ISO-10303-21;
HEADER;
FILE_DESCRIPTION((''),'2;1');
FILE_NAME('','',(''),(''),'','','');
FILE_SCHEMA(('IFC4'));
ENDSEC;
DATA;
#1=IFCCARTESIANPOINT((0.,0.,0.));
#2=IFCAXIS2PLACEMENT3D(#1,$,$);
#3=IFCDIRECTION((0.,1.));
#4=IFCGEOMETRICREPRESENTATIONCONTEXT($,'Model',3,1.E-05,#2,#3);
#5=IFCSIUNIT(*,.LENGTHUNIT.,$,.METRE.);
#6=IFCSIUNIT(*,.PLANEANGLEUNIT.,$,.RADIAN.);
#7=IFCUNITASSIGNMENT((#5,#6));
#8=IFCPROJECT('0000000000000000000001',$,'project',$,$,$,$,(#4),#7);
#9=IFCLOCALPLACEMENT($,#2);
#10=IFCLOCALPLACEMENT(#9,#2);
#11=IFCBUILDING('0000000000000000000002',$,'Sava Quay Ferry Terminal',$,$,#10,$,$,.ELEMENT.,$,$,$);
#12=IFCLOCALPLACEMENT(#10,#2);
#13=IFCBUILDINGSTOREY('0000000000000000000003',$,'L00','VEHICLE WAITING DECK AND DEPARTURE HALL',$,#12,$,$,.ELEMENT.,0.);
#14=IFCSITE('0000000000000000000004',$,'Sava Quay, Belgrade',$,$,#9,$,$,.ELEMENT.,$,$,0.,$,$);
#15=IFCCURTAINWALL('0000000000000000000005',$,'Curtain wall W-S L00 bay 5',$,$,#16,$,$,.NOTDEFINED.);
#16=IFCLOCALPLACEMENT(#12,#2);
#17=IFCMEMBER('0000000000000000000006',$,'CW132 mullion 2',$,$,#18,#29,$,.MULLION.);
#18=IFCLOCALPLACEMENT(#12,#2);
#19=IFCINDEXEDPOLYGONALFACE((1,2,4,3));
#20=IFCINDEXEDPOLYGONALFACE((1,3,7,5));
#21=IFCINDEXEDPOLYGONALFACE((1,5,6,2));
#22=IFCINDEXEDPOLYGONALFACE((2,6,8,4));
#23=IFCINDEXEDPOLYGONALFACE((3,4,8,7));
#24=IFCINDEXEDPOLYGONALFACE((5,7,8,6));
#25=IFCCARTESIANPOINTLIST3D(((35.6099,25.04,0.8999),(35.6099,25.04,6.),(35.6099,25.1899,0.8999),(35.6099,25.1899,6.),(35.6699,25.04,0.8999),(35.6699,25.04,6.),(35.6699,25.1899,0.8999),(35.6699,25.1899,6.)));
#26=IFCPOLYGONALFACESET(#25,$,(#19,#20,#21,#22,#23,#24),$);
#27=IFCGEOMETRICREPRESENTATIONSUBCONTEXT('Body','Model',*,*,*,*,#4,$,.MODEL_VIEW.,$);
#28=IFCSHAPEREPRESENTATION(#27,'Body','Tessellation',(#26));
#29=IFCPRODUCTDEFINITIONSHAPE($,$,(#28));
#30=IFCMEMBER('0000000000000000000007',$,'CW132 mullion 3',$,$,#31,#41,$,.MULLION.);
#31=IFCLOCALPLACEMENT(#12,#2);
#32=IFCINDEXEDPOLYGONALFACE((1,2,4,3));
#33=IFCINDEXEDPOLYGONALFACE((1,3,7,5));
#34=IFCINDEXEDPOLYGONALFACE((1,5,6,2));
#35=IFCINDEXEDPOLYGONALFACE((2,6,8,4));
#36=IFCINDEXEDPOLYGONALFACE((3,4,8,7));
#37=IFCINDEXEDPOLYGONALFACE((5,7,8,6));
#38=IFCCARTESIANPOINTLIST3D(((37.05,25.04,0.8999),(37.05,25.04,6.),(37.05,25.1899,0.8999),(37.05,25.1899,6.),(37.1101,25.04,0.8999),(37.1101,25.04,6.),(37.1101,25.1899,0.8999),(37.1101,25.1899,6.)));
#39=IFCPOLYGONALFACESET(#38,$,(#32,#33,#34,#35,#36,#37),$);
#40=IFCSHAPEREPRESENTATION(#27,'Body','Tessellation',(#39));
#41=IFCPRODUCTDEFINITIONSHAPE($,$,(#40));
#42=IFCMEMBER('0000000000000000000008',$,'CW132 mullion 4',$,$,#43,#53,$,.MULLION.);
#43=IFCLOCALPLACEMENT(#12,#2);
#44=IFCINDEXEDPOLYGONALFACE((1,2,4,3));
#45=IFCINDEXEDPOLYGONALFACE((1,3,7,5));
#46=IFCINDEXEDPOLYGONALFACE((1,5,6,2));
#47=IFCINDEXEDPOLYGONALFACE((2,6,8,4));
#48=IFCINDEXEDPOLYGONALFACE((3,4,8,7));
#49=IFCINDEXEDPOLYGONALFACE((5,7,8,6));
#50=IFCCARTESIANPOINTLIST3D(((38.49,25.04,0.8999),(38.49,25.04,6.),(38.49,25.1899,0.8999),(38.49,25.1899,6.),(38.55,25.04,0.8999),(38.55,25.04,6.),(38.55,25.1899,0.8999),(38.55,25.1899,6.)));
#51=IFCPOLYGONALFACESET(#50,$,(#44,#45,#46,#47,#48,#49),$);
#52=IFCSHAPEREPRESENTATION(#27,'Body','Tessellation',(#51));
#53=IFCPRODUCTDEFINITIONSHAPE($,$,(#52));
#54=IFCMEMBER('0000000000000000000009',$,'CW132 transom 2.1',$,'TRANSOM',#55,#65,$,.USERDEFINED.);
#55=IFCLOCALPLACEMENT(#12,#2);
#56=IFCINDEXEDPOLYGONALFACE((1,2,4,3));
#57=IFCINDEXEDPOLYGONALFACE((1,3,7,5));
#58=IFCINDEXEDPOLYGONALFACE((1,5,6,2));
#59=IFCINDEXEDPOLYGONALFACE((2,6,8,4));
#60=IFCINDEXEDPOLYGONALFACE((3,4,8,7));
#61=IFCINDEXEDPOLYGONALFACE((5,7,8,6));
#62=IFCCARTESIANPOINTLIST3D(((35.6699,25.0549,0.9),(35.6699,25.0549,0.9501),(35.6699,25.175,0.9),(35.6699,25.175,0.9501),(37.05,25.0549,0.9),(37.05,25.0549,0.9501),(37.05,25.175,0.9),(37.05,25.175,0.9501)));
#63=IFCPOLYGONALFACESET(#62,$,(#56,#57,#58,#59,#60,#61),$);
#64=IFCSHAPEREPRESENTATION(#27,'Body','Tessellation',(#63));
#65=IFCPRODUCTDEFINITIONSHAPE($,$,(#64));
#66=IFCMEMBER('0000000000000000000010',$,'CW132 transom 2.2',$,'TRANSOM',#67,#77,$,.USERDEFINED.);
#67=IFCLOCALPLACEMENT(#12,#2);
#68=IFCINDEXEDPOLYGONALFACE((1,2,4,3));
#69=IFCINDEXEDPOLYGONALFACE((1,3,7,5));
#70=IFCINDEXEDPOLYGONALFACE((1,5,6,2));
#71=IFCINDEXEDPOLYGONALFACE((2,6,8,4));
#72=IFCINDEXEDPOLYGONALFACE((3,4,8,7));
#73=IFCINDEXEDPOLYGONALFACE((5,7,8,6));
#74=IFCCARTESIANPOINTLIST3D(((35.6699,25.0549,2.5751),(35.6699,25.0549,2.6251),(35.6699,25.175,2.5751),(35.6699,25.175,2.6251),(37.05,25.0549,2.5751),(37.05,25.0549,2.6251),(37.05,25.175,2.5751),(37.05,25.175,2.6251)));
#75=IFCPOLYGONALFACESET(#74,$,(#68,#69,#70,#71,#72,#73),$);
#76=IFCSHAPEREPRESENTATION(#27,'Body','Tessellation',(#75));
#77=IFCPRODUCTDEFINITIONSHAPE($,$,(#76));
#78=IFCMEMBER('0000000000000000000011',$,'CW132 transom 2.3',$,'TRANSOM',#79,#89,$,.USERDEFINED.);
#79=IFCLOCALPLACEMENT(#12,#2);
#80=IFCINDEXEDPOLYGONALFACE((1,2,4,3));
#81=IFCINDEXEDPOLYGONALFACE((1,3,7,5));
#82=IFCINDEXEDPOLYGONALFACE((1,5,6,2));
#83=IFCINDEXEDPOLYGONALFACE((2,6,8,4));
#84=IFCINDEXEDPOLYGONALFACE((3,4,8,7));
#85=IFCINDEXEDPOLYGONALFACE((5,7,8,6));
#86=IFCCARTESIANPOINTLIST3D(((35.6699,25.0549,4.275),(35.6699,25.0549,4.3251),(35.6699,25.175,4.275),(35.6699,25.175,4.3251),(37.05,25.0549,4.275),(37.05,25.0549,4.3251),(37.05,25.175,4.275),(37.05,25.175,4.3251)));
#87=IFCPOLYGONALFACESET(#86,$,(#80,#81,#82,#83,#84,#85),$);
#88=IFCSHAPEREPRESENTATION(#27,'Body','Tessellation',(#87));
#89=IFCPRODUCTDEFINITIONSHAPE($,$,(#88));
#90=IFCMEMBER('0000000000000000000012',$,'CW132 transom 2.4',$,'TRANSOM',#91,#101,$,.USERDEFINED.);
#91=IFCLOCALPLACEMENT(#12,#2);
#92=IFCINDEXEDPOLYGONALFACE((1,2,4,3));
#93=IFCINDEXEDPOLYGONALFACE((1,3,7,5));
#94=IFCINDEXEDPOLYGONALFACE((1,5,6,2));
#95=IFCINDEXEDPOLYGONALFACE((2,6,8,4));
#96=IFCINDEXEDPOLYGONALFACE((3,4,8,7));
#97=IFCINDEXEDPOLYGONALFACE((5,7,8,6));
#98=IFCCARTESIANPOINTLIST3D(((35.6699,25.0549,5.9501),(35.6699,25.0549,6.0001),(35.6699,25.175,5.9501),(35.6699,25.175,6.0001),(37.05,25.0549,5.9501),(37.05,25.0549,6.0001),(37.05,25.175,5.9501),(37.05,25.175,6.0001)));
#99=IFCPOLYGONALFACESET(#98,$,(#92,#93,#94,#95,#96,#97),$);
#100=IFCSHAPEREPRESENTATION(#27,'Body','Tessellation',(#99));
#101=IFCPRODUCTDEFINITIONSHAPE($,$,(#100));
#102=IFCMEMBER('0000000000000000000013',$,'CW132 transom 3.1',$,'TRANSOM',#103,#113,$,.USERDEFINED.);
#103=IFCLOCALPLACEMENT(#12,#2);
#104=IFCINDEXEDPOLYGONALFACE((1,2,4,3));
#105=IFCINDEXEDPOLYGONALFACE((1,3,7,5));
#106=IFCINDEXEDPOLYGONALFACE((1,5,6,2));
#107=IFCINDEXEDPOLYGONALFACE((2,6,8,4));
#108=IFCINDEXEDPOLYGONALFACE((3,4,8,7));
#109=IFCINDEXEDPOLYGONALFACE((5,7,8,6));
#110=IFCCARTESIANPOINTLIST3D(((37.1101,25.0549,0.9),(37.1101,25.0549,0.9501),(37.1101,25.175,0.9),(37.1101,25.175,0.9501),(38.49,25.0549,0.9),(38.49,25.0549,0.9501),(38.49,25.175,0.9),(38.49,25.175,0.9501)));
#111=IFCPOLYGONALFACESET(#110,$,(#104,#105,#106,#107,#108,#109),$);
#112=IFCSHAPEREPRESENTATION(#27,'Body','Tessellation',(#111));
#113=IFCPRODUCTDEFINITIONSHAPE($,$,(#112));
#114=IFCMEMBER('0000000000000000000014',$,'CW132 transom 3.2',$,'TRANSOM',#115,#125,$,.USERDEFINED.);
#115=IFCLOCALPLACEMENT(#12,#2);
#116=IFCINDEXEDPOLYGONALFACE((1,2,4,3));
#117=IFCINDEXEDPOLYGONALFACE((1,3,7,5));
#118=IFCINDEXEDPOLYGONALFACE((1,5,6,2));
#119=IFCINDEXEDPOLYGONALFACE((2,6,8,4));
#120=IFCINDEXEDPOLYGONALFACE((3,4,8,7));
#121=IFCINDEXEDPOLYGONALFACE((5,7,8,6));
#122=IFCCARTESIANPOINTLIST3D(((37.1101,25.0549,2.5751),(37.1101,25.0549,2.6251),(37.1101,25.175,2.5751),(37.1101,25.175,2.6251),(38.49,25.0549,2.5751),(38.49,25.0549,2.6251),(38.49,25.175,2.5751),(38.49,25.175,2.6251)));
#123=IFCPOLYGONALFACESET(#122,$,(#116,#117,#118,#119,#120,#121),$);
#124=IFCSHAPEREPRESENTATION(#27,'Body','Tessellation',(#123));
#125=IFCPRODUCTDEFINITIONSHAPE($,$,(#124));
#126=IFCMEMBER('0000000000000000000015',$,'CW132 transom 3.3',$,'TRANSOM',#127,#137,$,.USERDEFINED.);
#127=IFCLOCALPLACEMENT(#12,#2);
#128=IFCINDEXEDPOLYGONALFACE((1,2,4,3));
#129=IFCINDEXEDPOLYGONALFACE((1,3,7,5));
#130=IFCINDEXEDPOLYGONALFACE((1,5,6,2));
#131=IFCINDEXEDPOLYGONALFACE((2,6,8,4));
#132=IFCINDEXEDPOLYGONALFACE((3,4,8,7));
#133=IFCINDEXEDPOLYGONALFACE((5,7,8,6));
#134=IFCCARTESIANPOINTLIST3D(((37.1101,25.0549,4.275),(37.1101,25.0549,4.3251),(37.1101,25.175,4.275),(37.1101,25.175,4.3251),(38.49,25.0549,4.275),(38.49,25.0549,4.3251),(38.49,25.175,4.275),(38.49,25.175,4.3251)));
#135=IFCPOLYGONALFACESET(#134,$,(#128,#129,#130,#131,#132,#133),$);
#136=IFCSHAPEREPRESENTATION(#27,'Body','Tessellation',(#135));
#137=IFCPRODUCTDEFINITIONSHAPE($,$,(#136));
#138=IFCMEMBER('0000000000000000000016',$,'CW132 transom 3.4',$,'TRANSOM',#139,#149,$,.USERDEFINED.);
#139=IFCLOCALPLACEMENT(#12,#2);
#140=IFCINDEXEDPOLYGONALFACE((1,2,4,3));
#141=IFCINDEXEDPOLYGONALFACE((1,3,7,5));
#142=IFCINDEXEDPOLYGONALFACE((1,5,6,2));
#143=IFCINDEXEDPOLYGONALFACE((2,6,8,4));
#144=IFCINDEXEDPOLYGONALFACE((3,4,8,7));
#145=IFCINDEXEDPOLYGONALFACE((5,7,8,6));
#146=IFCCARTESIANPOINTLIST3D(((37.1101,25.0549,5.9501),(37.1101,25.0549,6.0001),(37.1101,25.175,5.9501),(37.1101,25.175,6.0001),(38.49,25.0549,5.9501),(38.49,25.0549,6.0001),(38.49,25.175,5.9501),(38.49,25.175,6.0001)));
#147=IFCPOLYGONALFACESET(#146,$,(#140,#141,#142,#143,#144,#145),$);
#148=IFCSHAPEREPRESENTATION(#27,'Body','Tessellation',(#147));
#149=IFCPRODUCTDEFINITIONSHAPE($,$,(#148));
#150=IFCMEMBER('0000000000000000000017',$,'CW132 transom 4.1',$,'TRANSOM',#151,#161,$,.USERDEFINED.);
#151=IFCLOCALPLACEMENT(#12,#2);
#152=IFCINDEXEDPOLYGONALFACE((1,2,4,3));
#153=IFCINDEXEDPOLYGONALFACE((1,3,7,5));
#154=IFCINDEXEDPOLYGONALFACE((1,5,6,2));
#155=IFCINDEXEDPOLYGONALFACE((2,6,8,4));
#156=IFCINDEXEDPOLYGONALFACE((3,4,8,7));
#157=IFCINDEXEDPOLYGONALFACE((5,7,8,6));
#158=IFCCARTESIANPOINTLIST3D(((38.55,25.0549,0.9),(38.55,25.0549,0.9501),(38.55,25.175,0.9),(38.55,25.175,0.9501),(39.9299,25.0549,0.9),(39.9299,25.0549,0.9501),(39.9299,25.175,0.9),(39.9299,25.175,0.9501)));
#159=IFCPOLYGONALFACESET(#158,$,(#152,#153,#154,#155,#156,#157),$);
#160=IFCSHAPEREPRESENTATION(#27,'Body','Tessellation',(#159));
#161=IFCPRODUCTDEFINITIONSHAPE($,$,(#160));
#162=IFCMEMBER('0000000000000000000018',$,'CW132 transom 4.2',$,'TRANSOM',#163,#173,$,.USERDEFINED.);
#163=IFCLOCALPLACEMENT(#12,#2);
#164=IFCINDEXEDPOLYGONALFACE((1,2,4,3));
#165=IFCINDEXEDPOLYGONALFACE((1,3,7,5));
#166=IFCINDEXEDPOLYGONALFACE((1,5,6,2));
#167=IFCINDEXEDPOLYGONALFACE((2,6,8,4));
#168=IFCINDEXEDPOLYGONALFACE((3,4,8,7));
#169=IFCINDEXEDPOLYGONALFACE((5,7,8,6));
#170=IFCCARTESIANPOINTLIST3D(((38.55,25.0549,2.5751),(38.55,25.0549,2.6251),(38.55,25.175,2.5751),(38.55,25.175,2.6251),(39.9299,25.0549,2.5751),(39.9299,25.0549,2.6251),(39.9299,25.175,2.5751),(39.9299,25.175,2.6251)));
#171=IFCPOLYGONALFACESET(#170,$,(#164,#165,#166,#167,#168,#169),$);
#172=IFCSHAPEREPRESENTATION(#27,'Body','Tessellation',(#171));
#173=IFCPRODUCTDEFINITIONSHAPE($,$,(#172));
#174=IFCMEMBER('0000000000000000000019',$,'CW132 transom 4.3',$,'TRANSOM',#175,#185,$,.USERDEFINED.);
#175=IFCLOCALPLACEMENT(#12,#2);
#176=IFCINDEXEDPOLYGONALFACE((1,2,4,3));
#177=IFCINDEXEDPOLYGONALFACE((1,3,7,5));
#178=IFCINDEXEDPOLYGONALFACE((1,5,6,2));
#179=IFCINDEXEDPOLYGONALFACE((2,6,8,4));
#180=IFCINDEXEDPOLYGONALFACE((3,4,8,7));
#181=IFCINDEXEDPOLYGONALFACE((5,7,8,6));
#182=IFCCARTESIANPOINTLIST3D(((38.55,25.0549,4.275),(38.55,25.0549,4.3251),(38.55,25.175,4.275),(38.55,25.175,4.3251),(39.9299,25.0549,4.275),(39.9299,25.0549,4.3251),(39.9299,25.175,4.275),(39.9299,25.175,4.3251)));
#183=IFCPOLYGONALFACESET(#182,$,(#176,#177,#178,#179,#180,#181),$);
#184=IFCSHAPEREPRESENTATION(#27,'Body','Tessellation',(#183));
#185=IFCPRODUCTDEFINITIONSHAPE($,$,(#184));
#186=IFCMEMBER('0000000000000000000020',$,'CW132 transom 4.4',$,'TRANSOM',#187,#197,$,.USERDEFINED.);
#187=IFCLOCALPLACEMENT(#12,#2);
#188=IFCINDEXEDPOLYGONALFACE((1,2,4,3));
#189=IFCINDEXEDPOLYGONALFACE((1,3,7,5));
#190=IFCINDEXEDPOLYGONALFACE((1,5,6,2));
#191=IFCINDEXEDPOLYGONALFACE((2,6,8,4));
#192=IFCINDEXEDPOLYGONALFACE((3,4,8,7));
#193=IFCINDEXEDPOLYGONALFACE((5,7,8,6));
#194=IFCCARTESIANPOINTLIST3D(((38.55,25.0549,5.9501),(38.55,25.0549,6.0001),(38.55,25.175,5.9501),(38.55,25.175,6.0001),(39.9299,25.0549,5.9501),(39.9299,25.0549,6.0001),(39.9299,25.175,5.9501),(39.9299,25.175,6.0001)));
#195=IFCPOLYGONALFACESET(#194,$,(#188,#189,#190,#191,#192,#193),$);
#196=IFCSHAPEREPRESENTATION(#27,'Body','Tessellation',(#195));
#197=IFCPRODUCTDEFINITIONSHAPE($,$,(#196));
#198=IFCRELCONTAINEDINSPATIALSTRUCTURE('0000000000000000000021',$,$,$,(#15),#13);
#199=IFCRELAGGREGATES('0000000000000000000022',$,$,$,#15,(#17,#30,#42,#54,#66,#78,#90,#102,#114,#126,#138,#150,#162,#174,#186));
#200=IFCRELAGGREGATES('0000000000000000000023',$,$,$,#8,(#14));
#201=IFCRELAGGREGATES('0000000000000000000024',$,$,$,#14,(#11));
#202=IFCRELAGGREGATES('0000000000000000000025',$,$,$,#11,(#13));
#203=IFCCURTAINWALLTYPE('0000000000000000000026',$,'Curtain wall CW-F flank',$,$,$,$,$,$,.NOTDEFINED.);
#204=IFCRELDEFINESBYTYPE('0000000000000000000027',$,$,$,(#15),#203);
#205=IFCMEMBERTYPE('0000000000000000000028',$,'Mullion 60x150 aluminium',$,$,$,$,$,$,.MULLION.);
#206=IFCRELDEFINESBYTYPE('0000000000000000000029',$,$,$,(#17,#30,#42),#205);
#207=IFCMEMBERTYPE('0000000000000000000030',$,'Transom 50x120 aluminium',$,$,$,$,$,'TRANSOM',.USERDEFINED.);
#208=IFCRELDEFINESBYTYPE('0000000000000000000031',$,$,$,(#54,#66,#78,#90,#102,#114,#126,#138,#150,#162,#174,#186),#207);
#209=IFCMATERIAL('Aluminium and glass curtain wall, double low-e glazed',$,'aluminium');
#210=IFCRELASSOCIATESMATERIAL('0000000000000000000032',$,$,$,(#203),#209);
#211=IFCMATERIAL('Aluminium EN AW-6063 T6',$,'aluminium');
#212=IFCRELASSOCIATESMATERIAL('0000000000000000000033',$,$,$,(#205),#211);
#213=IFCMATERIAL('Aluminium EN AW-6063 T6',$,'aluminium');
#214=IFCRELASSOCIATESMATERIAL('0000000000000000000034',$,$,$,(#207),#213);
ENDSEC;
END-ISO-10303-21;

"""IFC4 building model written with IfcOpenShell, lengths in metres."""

from ifc_helpers import new_model, si_unit, direction, frame, origin, origin_2d, place, context, subcontext, project, spatial, rectangle, extrude, material, material_profile, profile_set, type_object, element, aggregate, save


model = new_model("IFC4")

# Units and contexts
model_context = context("Model", 3, precision=1e-05, world=origin(), true_north=direction((0.0, 1.0)))
body_context = subcontext(model_context, "Body", "Model", "MODEL_VIEW")
ifc_project = project(units=[si_unit("LENGTHUNIT", "METRE"), si_unit("PLANEANGLEUNIT", "RADIAN")], contexts=[model_context])

# Site, building, storey
site_placement = place(None, origin())
site = spatial("IfcSite", under=ifc_project, at=site_placement, Name="Sava Quay, Belgrade", CompositionType="ELEMENT", RefElevation=0.0)
building_placement = place(site_placement, origin())
building = spatial("IfcBuilding", under=site, at=building_placement, Name="Sava Quay Ferry Terminal", CompositionType="ELEMENT")
storey_placement = place(building_placement, origin())
storey = spatial("IfcBuildingStorey", under=building, at=storey_placement, Name="L00", Description="VEHICLE WAITING DECK AND DEPARTURE HALL", CompositionType="ELEMENT", Elevation=0.0)

# Curtain wall, members
ifc_material_1 = material(Name="Aluminium and glass curtain wall, double low-e glazed", Category="aluminium")
curtain_wall_type = type_object("IfcCurtainWallType", Name="Curtain wall CW-F flank", PredefinedType="NOTDEFINED", material=ifc_material_1)
curtain_wall_placement = place(storey_placement, origin())
curtain_wall = element("IfcCurtainWall", 1, at=curtain_wall_placement, inside=storey, type_object=curtain_wall_type, Name="Curtain wall W-S L00 bay 5", PredefinedType="NOTDEFINED")
ifc_material_2 = material(Name="Aluminium EN AW-6063 T6", Category="aluminium")
ifc_material_profile_1 = material_profile(ifc_material_2, rectangle(XDim=0.1499, YDim=0.0601, at=origin_2d()), Name="Mullion 60x150 aluminium")
ifc_profile_set_1 = profile_set([ifc_material_profile_1], Name="Aluminium EN AW-6063 T6")
member_type_1 = type_object("IfcMemberType", Name="Mullion 60x150 aluminium", PredefinedType="MULLION", material=ifc_profile_set_1)
member_1_placement = place(storey_placement, frame((35.6399, 25.115, 0.8999), z_axis=(0.0, 0.0, 1.0), x_axis=(0.0, 1.0, 0.0)))
member_1 = element("IfcMember", 2, at=member_1_placement, type_object=member_type_1, Name="CW132 mullion 2", PredefinedType="MULLION", context=body_context, shape_type="SweptSolid", body=[
    extrude(rectangle(XDim=0.1499, YDim=0.0601, at=origin_2d()), origin(), (0.0, 0.0, 1.0), 5.1001),
])
member_2_placement = place(storey_placement, frame((37.0801, 25.115, 0.8999), z_axis=(0.0, 0.0, 1.0), x_axis=(0.0, 1.0, 0.0)))
member_2 = element("IfcMember", 3, at=member_2_placement, type_object=member_type_1, Name="CW132 mullion 3", PredefinedType="MULLION", context=body_context, shape_type="SweptSolid", body=[
    extrude(rectangle(XDim=0.1499, YDim=0.0601, at=origin_2d()), origin(), (0.0, 0.0, 1.0), 5.1001),
])
member_3_placement = place(storey_placement, frame((38.52, 25.115, 0.8999), z_axis=(0.0, 0.0, 1.0), x_axis=(0.0, 1.0, 0.0)))
member_3 = element("IfcMember", 4, at=member_3_placement, type_object=member_type_1, Name="CW132 mullion 4", PredefinedType="MULLION", context=body_context, shape_type="SweptSolid", body=[
    extrude(rectangle(XDim=0.1499, YDim=0.0601, at=origin_2d()), origin(), (0.0, 0.0, 1.0), 5.1001),
])
ifc_material_3 = material(Name="Aluminium EN AW-6063 T6", Category="aluminium")
ifc_material_profile_2 = material_profile(ifc_material_3, rectangle(XDim=0.1201, YDim=0.05, at=origin_2d()), Name="Transom 50x120 aluminium")
ifc_profile_set_2 = profile_set([ifc_material_profile_2], Name="Aluminium EN AW-6063 T6")
member_type_2 = type_object("IfcMemberType", Name="Transom 50x120 aluminium", ElementType="TRANSOM", PredefinedType="USERDEFINED", material=ifc_profile_set_2)
member_4_placement = place(storey_placement, frame((35.6699, 25.115, 0.925), z_axis=(1.0, 0.0, 0.0), x_axis=(0.0, 1.0, 0.0)))
member_4 = element("IfcMember", 5, at=member_4_placement, type_object=member_type_2, Name="CW132 transom 2.1", ObjectType="TRANSOM", PredefinedType="USERDEFINED", context=body_context, shape_type="SweptSolid", body=[
    extrude(rectangle(XDim=0.1201, YDim=0.05, at=origin_2d()), origin(), (0.0, 0.0, 1.0), 1.3801),
])
member_5_placement = place(storey_placement, frame((35.6699, 25.115, 2.6001), z_axis=(1.0, 0.0, 0.0), x_axis=(0.0, 1.0, 0.0)))
member_5 = element("IfcMember", 6, at=member_5_placement, type_object=member_type_2, Name="CW132 transom 2.2", ObjectType="TRANSOM", PredefinedType="USERDEFINED", context=body_context, shape_type="SweptSolid", body=[
    extrude(rectangle(XDim=0.1201, YDim=0.05, at=origin_2d()), origin(), (0.0, 0.0, 1.0), 1.3801),
])
member_6_placement = place(storey_placement, frame((35.6699, 25.115, 4.3), z_axis=(1.0, 0.0, 0.0), x_axis=(0.0, 1.0, 0.0)))
member_6 = element("IfcMember", 7, at=member_6_placement, type_object=member_type_2, Name="CW132 transom 2.3", ObjectType="TRANSOM", PredefinedType="USERDEFINED", context=body_context, shape_type="SweptSolid", body=[
    extrude(rectangle(XDim=0.1201, YDim=0.05, at=origin_2d()), origin(), (0.0, 0.0, 1.0), 1.3801),
])
member_7_placement = place(storey_placement, frame((35.6699, 25.115, 5.9751), z_axis=(1.0, 0.0, 0.0), x_axis=(0.0, 1.0, 0.0)))
member_7 = element("IfcMember", 8, at=member_7_placement, type_object=member_type_2, Name="CW132 transom 2.4", ObjectType="TRANSOM", PredefinedType="USERDEFINED", context=body_context, shape_type="SweptSolid", body=[
    extrude(rectangle(XDim=0.1201, YDim=0.05, at=origin_2d()), origin(), (0.0, 0.0, 1.0), 1.3801),
])
member_8_placement = place(storey_placement, frame((37.1101, 25.115, 0.925), z_axis=(1.0, 0.0, 0.0), x_axis=(0.0, 1.0, 0.0)))
member_8 = element("IfcMember", 9, at=member_8_placement, type_object=member_type_2, Name="CW132 transom 3.1", ObjectType="TRANSOM", PredefinedType="USERDEFINED", context=body_context, shape_type="SweptSolid", body=[
    extrude(rectangle(XDim=0.1201, YDim=0.05, at=origin_2d()), origin(), (0.0, 0.0, 1.0), 1.3799),
])
member_9_placement = place(storey_placement, frame((37.1101, 25.115, 2.6001), z_axis=(1.0, 0.0, 0.0), x_axis=(0.0, 1.0, 0.0)))
member_9 = element("IfcMember", 10, at=member_9_placement, type_object=member_type_2, Name="CW132 transom 3.2", ObjectType="TRANSOM", PredefinedType="USERDEFINED", context=body_context, shape_type="SweptSolid", body=[
    extrude(rectangle(XDim=0.1201, YDim=0.05, at=origin_2d()), origin(), (0.0, 0.0, 1.0), 1.3799),
])
member_10_placement = place(storey_placement, frame((37.1101, 25.115, 4.3), z_axis=(1.0, 0.0, 0.0), x_axis=(0.0, 1.0, 0.0)))
member_10 = element("IfcMember", 11, at=member_10_placement, type_object=member_type_2, Name="CW132 transom 3.3", ObjectType="TRANSOM", PredefinedType="USERDEFINED", context=body_context, shape_type="SweptSolid", body=[
    extrude(rectangle(XDim=0.1201, YDim=0.05, at=origin_2d()), origin(), (0.0, 0.0, 1.0), 1.3799),
])
member_11_placement = place(storey_placement, frame((37.1101, 25.115, 5.9751), z_axis=(1.0, 0.0, 0.0), x_axis=(0.0, 1.0, 0.0)))
member_11 = element("IfcMember", 12, at=member_11_placement, type_object=member_type_2, Name="CW132 transom 3.4", ObjectType="TRANSOM", PredefinedType="USERDEFINED", context=body_context, shape_type="SweptSolid", body=[
    extrude(rectangle(XDim=0.1201, YDim=0.05, at=origin_2d()), origin(), (0.0, 0.0, 1.0), 1.3799),
])
member_12_placement = place(storey_placement, frame((38.55, 25.115, 0.925), z_axis=(1.0, 0.0, 0.0), x_axis=(0.0, 1.0, 0.0)))
member_12 = element("IfcMember", 13, at=member_12_placement, type_object=member_type_2, Name="CW132 transom 4.1", ObjectType="TRANSOM", PredefinedType="USERDEFINED", context=body_context, shape_type="SweptSolid", body=[
    extrude(rectangle(XDim=0.1201, YDim=0.05, at=origin_2d()), origin(), (0.0, 0.0, 1.0), 1.3799),
])
member_13_placement = place(storey_placement, frame((38.55, 25.115, 2.6001), z_axis=(1.0, 0.0, 0.0), x_axis=(0.0, 1.0, 0.0)))
member_13 = element("IfcMember", 14, at=member_13_placement, type_object=member_type_2, Name="CW132 transom 4.2", ObjectType="TRANSOM", PredefinedType="USERDEFINED", context=body_context, shape_type="SweptSolid", body=[
    extrude(rectangle(XDim=0.1201, YDim=0.05, at=origin_2d()), origin(), (0.0, 0.0, 1.0), 1.3799),
])
member_14_placement = place(storey_placement, frame((38.55, 25.115, 4.3), z_axis=(1.0, 0.0, 0.0), x_axis=(0.0, 1.0, 0.0)))
member_14 = element("IfcMember", 15, at=member_14_placement, type_object=member_type_2, Name="CW132 transom 4.3", ObjectType="TRANSOM", PredefinedType="USERDEFINED", context=body_context, shape_type="SweptSolid", body=[
    extrude(rectangle(XDim=0.1201, YDim=0.05, at=origin_2d()), origin(), (0.0, 0.0, 1.0), 1.3799),
])
member_15_placement = place(storey_placement, frame((38.55, 25.115, 5.9751), z_axis=(1.0, 0.0, 0.0), x_axis=(0.0, 1.0, 0.0)))
member_15 = element("IfcMember", 16, at=member_15_placement, type_object=member_type_2, Name="CW132 transom 4.4", ObjectType="TRANSOM", PredefinedType="USERDEFINED", context=body_context, shape_type="SweptSolid", body=[
    extrude(rectangle(XDim=0.1201, YDim=0.05, at=origin_2d()), origin(), (0.0, 0.0, 1.0), 1.3799),
])
aggregate(curtain_wall, [member_1, member_2, member_3, member_4, member_5, member_6, member_7, member_8, member_9, member_10, member_11, member_12, member_13, member_14, member_15])

save(model, "model.ifc")
